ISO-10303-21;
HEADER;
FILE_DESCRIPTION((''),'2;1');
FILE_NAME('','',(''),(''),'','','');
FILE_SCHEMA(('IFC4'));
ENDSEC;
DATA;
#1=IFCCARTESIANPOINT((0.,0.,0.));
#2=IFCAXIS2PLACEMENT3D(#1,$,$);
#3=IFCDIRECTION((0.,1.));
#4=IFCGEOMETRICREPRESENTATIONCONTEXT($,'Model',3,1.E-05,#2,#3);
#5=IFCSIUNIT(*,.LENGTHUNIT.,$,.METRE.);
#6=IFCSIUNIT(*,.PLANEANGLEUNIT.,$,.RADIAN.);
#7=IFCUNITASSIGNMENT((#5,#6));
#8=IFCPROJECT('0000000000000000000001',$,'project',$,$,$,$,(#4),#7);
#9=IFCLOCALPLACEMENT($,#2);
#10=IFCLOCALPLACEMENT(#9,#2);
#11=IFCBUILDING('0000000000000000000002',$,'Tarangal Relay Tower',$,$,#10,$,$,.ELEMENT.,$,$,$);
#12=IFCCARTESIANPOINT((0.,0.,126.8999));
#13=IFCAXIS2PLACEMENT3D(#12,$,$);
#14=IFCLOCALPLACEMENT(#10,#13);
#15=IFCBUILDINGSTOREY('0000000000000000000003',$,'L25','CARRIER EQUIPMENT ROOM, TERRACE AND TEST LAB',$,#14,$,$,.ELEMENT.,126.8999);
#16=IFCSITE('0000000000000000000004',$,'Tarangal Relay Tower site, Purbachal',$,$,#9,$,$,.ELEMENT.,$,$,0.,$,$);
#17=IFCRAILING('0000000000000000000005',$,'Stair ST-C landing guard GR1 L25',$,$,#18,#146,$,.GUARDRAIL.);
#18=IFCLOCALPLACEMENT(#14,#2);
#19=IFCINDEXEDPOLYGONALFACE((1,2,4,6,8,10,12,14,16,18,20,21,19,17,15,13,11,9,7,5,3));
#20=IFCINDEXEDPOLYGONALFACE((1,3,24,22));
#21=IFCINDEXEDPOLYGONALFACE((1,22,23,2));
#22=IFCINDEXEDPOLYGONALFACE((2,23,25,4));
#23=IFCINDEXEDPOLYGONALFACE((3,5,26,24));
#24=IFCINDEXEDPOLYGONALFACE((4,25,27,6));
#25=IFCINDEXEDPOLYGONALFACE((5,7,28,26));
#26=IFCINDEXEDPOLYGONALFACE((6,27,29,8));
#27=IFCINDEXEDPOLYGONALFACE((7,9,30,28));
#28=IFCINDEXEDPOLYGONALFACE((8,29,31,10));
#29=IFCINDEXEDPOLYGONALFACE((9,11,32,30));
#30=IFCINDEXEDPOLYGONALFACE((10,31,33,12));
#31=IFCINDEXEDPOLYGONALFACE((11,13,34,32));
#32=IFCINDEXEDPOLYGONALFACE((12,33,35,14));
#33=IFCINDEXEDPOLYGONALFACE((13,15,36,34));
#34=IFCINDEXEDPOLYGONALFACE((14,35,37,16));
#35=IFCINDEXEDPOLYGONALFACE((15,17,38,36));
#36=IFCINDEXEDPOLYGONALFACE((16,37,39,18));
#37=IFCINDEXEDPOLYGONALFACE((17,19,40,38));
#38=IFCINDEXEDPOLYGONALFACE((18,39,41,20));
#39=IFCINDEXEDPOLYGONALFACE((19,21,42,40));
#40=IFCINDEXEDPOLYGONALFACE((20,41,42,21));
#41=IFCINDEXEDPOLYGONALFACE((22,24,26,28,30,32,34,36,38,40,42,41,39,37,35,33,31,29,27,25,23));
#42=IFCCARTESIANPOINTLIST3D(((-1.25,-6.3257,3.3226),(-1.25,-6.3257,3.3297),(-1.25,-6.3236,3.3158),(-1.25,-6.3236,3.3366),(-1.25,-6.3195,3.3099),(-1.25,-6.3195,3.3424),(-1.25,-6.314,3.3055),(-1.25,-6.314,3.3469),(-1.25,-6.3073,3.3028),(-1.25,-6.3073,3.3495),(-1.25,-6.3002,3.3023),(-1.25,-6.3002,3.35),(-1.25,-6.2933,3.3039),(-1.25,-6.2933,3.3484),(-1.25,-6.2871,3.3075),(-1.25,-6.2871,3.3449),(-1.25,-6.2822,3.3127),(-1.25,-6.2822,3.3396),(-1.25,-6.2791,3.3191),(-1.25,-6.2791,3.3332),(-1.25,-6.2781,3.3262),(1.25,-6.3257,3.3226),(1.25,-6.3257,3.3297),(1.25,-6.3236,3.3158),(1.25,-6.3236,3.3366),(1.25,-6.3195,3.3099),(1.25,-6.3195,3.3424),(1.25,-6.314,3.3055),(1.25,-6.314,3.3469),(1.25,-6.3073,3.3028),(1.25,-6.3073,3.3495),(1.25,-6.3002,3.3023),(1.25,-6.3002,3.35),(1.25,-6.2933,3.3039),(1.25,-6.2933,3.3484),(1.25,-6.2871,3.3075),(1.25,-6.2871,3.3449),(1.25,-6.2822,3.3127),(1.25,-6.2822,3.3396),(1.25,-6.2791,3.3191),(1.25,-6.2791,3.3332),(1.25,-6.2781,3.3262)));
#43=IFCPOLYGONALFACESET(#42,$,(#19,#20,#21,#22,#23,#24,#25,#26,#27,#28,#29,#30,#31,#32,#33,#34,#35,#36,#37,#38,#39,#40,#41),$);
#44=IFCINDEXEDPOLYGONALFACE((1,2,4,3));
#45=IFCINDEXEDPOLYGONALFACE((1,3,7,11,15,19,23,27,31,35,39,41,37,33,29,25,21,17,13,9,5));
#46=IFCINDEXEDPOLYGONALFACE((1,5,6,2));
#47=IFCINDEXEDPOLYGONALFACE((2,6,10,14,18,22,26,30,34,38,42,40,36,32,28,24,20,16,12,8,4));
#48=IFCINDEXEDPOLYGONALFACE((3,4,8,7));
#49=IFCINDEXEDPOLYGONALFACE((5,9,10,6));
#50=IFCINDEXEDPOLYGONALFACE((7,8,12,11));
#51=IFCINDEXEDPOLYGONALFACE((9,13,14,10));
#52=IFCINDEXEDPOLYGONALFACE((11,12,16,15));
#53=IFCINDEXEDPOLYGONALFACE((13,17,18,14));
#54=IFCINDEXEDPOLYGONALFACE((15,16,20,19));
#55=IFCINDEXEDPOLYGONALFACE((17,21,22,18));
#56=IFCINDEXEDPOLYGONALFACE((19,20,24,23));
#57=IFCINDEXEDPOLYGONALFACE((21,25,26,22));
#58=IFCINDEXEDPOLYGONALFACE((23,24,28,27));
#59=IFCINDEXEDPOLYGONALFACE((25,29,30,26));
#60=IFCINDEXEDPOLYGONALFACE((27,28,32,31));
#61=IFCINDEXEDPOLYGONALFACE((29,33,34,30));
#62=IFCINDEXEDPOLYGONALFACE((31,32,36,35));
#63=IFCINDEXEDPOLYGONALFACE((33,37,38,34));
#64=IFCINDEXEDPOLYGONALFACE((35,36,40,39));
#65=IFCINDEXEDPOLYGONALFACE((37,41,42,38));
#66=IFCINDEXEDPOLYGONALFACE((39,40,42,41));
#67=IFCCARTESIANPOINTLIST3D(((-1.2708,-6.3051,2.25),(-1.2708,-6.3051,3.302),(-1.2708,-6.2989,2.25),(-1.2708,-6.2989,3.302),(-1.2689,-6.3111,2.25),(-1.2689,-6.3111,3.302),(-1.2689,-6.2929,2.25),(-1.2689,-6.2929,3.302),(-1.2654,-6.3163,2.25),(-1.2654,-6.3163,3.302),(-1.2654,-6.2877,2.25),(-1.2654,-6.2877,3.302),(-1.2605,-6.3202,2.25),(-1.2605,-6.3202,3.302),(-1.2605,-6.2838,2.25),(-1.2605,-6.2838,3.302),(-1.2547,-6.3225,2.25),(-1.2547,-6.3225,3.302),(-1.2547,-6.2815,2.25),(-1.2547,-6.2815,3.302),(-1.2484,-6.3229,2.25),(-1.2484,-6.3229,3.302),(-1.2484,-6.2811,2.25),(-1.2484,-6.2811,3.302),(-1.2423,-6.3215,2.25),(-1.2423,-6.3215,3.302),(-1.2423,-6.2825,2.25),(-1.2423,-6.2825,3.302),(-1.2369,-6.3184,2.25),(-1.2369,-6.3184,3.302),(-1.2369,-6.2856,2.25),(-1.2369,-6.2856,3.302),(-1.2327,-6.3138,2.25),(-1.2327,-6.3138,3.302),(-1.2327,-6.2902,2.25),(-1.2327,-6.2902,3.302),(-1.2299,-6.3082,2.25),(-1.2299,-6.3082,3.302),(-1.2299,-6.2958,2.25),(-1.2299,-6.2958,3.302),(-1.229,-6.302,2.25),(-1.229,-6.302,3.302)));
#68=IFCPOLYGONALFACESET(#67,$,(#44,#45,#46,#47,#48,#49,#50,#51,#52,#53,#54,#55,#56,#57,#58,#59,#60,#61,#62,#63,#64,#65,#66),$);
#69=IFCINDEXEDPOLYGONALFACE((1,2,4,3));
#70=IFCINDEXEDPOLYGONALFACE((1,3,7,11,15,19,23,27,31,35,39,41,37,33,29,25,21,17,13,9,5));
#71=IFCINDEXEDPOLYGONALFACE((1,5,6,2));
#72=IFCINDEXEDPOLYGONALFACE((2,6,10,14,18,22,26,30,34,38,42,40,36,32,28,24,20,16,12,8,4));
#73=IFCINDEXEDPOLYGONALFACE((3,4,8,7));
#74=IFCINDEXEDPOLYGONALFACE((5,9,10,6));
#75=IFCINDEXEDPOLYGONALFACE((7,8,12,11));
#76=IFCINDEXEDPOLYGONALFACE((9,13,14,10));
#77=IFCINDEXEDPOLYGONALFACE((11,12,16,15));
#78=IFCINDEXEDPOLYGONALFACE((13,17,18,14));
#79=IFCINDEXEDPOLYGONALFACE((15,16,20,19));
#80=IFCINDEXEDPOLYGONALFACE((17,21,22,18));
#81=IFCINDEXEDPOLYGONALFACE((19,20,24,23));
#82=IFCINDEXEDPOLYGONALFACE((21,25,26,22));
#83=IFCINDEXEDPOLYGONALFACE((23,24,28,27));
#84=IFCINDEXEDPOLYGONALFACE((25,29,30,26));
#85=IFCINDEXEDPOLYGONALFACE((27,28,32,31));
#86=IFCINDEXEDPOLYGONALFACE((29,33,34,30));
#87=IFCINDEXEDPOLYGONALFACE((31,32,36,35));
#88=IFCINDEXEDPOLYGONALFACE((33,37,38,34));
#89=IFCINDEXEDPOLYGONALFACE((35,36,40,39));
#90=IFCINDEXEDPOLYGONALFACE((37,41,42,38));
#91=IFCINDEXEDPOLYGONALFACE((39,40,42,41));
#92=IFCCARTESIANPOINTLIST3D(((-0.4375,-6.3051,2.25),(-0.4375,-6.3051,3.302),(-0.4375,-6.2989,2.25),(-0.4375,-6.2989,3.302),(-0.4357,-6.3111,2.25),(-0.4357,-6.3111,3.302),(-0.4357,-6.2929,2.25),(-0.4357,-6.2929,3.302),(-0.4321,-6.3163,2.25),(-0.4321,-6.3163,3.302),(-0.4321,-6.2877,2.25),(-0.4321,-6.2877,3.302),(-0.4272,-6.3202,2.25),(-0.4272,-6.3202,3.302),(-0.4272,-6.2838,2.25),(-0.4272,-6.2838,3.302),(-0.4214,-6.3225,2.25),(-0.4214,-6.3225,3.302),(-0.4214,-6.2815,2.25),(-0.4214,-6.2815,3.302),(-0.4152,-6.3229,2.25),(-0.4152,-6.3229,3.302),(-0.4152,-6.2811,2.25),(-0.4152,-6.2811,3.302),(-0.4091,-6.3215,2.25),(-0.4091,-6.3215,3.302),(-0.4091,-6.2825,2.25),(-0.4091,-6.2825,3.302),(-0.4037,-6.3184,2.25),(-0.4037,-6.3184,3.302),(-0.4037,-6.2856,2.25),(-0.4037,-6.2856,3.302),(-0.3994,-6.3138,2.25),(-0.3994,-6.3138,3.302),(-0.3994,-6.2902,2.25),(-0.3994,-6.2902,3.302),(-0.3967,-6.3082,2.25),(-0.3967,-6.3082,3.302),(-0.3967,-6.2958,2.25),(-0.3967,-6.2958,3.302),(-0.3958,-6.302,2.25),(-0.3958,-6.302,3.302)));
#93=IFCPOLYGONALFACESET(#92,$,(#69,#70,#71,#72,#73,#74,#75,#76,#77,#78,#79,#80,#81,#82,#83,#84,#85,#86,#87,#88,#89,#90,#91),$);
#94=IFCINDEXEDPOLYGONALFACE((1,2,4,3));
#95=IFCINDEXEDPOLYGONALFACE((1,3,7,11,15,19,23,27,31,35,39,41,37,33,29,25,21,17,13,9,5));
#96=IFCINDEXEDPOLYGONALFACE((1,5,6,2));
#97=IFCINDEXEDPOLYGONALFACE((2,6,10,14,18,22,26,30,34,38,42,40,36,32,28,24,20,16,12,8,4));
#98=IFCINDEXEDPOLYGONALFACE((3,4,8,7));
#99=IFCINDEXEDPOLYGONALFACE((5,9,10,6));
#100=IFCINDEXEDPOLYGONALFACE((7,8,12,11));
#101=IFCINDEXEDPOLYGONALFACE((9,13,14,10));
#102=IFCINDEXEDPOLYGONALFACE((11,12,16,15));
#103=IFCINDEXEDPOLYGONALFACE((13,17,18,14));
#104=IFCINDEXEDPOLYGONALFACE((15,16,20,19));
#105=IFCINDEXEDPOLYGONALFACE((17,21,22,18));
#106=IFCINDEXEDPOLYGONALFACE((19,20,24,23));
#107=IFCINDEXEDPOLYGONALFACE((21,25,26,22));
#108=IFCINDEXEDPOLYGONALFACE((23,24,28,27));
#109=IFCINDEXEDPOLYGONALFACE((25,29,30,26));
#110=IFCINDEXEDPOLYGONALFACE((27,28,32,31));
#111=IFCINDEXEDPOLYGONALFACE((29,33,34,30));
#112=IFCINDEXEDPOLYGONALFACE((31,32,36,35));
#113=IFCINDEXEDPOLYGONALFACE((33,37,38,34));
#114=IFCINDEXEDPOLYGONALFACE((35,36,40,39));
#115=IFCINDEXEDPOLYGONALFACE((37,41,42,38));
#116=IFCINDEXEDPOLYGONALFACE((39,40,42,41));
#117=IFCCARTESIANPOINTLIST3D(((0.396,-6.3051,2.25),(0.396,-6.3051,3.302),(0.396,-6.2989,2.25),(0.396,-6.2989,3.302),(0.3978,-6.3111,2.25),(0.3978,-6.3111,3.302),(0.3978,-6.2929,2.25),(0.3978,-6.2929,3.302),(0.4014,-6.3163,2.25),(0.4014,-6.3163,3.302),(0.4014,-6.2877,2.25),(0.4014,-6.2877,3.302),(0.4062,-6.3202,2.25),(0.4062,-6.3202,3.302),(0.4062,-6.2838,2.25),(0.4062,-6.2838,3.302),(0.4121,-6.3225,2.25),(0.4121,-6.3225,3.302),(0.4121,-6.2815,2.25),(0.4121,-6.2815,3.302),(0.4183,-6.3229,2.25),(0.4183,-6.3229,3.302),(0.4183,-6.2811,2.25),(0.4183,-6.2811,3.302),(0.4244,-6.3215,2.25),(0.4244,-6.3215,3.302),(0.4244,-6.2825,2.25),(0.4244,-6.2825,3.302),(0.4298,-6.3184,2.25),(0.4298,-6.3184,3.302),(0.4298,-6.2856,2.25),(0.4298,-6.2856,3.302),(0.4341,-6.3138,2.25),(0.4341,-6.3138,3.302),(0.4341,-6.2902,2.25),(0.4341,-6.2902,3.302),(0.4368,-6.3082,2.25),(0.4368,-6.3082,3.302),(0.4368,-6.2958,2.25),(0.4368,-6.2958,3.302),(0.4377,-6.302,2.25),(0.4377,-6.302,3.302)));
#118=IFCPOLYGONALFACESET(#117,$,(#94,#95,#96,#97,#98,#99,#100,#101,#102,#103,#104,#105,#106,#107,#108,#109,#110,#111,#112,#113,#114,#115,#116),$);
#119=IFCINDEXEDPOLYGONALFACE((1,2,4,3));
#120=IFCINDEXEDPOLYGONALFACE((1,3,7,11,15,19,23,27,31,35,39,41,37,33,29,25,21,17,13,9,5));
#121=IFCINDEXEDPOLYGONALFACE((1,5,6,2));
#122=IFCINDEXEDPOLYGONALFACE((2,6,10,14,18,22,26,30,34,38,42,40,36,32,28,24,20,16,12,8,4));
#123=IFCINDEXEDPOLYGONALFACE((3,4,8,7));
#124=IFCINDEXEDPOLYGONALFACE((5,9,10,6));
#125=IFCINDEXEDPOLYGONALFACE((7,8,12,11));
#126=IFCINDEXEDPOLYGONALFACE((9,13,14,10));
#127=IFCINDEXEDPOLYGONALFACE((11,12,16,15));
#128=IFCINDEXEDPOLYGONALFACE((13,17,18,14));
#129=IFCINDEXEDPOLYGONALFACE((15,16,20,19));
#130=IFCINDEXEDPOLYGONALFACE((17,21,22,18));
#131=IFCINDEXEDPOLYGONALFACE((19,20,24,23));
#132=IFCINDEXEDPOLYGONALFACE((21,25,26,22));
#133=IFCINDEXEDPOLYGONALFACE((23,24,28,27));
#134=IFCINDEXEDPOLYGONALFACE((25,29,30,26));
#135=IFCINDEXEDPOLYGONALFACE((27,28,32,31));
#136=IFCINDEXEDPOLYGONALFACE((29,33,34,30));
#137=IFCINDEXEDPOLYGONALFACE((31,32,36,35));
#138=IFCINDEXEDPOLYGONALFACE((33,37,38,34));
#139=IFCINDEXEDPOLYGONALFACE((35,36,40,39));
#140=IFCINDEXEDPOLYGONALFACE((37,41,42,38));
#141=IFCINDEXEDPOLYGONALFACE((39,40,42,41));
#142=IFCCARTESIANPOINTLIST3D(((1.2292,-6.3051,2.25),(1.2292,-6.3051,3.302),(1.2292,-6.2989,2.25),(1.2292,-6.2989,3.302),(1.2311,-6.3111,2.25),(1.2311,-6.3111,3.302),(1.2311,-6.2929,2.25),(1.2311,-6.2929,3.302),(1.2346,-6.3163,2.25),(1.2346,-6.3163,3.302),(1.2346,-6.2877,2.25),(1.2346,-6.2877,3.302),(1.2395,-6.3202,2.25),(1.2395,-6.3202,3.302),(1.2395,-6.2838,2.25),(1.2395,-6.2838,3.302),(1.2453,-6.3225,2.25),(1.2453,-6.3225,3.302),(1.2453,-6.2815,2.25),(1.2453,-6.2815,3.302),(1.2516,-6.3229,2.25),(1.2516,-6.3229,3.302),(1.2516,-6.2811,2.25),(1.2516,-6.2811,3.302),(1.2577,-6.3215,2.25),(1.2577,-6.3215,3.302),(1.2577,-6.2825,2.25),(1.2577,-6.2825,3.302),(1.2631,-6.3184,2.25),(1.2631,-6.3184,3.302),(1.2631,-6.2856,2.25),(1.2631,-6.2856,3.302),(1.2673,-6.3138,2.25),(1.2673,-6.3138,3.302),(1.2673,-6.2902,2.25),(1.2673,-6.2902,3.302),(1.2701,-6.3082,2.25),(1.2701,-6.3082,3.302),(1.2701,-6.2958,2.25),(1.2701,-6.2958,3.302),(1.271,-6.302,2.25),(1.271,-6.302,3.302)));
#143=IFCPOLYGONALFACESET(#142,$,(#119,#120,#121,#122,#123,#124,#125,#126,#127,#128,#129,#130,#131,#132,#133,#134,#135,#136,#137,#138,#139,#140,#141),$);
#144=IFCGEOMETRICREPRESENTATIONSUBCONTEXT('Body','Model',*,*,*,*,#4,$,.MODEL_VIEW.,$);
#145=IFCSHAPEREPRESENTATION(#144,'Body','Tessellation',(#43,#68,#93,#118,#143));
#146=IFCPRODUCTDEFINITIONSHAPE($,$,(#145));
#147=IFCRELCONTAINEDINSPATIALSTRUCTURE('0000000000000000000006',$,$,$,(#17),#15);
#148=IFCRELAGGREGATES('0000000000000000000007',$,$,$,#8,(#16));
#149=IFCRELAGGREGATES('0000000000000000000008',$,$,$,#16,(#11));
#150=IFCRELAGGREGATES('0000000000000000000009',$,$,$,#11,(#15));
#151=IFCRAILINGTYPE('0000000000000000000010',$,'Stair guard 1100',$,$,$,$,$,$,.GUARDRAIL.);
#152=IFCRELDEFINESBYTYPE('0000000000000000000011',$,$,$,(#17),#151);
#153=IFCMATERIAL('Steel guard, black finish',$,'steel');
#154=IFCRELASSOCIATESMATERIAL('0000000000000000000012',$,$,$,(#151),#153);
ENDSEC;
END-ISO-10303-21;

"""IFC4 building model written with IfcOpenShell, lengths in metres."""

from ifc_helpers import new_model, si_unit, direction, frame, origin, origin_2d, place, context, subcontext, project, spatial, circle, extrude, material, type_object, element, save


model = new_model("IFC4")

# Units and contexts
model_context = context("Model", 3, precision=1e-05, world=origin(), true_north=direction((0.0, 1.0)))
body_context = subcontext(model_context, "Body", "Model", "MODEL_VIEW")
ifc_project = project(units=[si_unit("LENGTHUNIT", "METRE"), si_unit("PLANEANGLEUNIT", "RADIAN")], contexts=[model_context])

# Site, building, storey
site_placement = place(None, origin())
site = spatial("IfcSite", under=ifc_project, at=site_placement, Name="Tarangal Relay Tower site, Purbachal", CompositionType="ELEMENT", RefElevation=0.0)
building_placement = place(site_placement, origin())
building = spatial("IfcBuilding", under=site, at=building_placement, Name="Tarangal Relay Tower", CompositionType="ELEMENT")
storey_placement = place(building_placement, frame((0.0, 0.0, 126.8999)))
storey = spatial("IfcBuildingStorey", under=building, at=storey_placement, Name="L25", Description="CARRIER EQUIPMENT ROOM, TERRACE AND TEST LAB", CompositionType="ELEMENT", Elevation=126.8999)

# Railing
ifc_material_1 = material(Name="Steel guard, black finish", Category="steel")
railing_type_1 = type_object("IfcRailingType", Name="Stair guard 1100", PredefinedType="GUARDRAIL", material=ifc_material_1)
for number, where, name in (
    (1, (-1.25, -6.302, 2.25), "Stair ST-C landing guard GR1 L25"),
):
    element("IfcRailing", number, at=place(storey_placement, frame(where)), inside=storey, type_object=railing_type_1, Name=name, PredefinedType="GUARDRAIL", context=body_context, shape_type="SweptSolid", body=[
        extrude(circle(Radius=0.0239, at=origin_2d()), frame((0.0, 0.0, 1.0762), z_axis=(1.0, 0.0, 0.0), x_axis=(0.0, 1.0, 0.0)), (0.0, 0.0, 1.0), 2.5),
        extrude(circle(Radius=0.021, at=origin_2d()), origin(), (0.0, 0.0, 1.0), 1.052),
        extrude(circle(Radius=0.021, at=origin_2d()), frame((0.8333, 0.0, 0.0)), (0.0, 0.0, 1.0), 1.052),
        extrude(circle(Radius=0.021, at=origin_2d()), frame((1.6667, 0.0, 0.0)), (0.0, 0.0, 1.0), 1.052),
        extrude(circle(Radius=0.021, at=origin_2d()), frame((2.5, 0.0, 0.0)), (0.0, 0.0, 1.0), 1.052),
    ])

save(model, "model.ifc")
